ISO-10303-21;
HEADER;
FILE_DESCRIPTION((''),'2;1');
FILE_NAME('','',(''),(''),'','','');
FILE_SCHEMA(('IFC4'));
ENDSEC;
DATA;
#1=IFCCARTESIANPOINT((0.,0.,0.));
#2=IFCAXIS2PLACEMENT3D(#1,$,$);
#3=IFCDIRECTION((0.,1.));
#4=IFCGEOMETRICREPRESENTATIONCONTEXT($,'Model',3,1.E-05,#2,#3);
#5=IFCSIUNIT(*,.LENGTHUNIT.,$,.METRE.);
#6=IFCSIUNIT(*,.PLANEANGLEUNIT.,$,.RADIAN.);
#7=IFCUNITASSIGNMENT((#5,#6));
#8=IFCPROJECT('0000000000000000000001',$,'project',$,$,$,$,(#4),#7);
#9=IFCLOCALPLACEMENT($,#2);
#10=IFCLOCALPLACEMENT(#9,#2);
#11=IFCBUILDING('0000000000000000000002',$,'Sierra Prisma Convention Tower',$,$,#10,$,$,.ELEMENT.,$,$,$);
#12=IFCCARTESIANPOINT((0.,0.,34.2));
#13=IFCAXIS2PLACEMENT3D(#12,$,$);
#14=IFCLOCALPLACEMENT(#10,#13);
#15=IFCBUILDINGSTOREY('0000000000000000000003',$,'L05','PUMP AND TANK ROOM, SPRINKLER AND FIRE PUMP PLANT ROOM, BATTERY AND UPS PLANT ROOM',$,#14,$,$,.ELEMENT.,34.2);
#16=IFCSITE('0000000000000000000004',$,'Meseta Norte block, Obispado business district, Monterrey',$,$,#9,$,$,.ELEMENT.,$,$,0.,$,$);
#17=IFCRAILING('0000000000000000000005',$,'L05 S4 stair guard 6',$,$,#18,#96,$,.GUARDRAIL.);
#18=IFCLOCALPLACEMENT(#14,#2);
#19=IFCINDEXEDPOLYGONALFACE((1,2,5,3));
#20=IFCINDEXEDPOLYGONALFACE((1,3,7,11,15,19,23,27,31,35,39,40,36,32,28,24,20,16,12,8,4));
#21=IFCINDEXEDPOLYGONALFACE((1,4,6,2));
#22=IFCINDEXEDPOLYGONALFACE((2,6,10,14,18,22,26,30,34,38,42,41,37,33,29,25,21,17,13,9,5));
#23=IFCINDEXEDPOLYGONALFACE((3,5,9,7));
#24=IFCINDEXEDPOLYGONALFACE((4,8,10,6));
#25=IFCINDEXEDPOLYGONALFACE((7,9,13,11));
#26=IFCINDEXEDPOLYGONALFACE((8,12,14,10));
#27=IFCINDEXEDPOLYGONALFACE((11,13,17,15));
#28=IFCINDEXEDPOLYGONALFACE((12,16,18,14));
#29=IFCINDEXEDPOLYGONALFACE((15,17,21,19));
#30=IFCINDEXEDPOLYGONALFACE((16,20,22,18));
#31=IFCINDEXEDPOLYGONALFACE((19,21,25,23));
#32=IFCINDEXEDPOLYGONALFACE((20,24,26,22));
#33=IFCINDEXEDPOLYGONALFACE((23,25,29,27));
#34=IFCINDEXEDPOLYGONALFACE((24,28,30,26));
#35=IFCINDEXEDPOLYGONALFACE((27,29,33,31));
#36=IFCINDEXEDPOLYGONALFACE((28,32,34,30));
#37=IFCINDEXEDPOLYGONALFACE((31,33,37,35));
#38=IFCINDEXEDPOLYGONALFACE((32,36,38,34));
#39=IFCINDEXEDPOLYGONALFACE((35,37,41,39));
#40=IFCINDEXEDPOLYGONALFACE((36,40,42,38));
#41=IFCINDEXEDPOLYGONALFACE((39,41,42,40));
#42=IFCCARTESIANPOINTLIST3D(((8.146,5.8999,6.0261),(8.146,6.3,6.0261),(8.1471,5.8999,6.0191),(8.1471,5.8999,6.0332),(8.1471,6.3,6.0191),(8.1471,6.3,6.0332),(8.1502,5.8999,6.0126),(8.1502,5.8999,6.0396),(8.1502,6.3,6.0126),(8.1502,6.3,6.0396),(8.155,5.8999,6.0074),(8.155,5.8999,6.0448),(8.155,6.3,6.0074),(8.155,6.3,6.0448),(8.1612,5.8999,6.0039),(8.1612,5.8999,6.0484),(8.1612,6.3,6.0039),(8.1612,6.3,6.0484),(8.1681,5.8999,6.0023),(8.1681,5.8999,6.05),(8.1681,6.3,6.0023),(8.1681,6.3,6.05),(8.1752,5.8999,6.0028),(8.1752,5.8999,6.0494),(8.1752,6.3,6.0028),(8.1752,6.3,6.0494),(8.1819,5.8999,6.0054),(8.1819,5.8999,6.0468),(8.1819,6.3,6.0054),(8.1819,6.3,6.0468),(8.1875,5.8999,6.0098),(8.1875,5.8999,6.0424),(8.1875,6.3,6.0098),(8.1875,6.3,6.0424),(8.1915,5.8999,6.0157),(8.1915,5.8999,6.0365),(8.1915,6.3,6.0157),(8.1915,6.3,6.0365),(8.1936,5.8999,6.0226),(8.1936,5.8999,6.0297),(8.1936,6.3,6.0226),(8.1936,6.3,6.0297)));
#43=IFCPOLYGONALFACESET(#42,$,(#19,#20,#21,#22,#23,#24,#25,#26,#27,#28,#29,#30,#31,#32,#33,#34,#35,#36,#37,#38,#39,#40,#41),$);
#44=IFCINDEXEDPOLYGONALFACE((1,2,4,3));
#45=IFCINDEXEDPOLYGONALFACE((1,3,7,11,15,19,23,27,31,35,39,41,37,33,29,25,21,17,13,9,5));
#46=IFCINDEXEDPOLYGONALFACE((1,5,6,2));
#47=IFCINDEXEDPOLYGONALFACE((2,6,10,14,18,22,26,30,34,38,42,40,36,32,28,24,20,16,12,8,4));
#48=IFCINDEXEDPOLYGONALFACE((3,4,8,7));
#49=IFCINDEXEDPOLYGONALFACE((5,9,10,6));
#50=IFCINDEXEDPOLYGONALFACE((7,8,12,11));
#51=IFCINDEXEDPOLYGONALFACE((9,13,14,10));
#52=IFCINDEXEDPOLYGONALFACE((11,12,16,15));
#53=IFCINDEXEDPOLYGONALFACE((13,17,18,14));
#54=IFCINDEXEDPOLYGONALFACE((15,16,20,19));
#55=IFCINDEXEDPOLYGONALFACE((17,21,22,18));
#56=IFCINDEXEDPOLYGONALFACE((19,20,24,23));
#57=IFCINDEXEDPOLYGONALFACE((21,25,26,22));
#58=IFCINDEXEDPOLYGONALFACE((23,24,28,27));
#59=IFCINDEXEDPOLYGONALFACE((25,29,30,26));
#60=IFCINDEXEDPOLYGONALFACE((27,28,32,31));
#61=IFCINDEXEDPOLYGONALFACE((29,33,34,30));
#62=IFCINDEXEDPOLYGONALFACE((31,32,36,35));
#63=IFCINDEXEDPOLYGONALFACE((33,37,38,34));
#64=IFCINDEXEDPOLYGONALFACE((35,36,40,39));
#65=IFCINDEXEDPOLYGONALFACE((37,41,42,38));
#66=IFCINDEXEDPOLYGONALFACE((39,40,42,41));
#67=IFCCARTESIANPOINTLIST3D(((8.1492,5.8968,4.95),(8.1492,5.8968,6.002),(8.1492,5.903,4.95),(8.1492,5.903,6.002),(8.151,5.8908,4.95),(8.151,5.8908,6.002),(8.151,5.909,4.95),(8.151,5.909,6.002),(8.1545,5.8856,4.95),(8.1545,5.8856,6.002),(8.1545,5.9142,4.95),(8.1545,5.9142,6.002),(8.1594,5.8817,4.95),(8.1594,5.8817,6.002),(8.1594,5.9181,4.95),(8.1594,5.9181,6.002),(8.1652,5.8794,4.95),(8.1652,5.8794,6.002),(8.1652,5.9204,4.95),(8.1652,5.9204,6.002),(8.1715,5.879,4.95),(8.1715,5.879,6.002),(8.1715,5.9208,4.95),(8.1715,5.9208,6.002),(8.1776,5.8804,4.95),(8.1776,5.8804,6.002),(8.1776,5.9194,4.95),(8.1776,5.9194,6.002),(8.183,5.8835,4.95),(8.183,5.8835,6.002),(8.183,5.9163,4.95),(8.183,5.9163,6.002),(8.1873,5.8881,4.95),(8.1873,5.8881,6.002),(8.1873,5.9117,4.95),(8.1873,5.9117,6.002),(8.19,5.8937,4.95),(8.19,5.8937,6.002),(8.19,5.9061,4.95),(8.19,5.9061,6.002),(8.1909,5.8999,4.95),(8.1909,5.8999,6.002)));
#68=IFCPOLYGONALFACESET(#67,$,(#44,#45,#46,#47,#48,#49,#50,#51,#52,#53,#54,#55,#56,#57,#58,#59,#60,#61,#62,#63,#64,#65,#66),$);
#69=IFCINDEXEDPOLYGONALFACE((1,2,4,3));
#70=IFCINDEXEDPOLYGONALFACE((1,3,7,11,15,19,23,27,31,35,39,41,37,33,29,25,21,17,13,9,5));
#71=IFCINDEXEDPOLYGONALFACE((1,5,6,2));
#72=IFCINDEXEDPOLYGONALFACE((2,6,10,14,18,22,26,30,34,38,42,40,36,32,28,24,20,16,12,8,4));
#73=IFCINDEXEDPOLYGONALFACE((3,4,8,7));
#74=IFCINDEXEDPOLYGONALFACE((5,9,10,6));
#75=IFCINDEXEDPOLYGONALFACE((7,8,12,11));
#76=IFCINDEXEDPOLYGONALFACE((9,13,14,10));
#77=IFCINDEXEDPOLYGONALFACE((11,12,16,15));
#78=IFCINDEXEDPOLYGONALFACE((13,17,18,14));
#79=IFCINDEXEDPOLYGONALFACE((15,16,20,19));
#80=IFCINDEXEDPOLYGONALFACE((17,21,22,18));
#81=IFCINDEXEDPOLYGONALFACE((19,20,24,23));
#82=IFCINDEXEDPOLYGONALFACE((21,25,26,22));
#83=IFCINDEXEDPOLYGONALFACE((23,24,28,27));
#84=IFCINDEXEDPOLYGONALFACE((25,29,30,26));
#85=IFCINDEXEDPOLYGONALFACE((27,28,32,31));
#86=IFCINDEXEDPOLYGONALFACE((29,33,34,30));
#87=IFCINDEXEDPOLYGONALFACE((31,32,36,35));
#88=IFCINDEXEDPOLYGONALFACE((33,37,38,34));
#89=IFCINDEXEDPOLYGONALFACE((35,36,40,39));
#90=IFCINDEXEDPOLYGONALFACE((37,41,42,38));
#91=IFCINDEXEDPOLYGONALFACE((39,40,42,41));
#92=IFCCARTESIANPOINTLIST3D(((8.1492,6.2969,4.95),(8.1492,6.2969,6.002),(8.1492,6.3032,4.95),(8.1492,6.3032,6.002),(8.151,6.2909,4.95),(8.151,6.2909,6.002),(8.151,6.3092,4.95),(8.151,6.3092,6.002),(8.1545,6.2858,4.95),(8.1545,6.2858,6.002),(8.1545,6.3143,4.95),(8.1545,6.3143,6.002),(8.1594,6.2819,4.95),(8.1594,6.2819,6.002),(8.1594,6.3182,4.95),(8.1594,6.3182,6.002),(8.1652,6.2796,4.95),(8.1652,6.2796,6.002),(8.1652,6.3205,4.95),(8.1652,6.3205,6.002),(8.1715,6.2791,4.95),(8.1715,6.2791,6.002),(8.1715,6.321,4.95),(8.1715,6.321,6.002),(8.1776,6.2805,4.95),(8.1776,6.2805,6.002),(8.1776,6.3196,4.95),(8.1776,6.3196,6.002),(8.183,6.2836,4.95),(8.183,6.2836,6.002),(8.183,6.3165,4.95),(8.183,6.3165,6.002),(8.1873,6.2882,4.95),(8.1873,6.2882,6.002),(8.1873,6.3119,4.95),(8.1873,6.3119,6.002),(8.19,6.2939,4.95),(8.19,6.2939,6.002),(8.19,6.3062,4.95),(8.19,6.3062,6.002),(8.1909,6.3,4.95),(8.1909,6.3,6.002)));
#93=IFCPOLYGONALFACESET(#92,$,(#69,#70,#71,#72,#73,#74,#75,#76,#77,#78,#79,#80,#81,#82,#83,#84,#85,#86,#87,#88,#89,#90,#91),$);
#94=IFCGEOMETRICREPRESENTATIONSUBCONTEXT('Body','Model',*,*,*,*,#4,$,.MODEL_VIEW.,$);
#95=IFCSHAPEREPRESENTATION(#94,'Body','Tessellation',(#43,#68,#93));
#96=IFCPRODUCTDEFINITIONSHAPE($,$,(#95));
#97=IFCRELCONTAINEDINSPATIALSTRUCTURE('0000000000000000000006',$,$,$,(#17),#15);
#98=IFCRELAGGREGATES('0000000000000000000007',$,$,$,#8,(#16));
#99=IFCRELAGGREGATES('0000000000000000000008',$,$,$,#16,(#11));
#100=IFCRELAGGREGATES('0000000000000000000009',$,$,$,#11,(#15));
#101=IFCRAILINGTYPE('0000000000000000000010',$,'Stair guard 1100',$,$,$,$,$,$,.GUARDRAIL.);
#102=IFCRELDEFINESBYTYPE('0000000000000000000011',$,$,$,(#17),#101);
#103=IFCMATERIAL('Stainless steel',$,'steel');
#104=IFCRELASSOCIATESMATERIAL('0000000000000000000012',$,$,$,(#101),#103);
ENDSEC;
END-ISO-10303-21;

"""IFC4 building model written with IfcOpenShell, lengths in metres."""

from ifc_helpers import new_model, si_unit, direction, frame, origin, origin_2d, place, context, subcontext, project, spatial, circle, extrude, material, type_object, element, save


model = new_model("IFC4")

# Units and contexts
model_context = context("Model", 3, precision=1e-05, world=origin(), true_north=direction((0.0, 1.0)))
body_context = subcontext(model_context, "Body", "Model", "MODEL_VIEW")
ifc_project = project(units=[si_unit("LENGTHUNIT", "METRE"), si_unit("PLANEANGLEUNIT", "RADIAN")], contexts=[model_context])

# Site, building, storey
site_placement = place(None, origin())
site = spatial("IfcSite", under=ifc_project, at=site_placement, Name="Meseta Norte block, Obispado business district, Monterrey", CompositionType="ELEMENT", RefElevation=0.0)
building_placement = place(site_placement, origin())
building = spatial("IfcBuilding", under=site, at=building_placement, Name="Sierra Prisma Convention Tower", CompositionType="ELEMENT")
storey_placement = place(building_placement, frame((0.0, 0.0, 34.2)))
storey = spatial("IfcBuildingStorey", under=building, at=storey_placement, Name="L05", Description="PUMP AND TANK ROOM, SPRINKLER AND FIRE PUMP PLANT ROOM, BATTERY AND UPS PLANT ROOM", CompositionType="ELEMENT", Elevation=34.2)

# Railing
ifc_material_1 = material(Name="Stainless steel", Category="steel")
railing_type_1 = type_object("IfcRailingType", Name="Stair guard 1100", PredefinedType="GUARDRAIL", material=ifc_material_1)
railing_1_placement = place(storey_placement, frame((8.1699, 5.8999, 4.95)))
element("IfcRailing", 1, at=railing_1_placement, inside=storey, type_object=railing_type_1, Name="L05 S4 stair guard 6", PredefinedType="GUARDRAIL", context=body_context, shape_type="SweptSolid", body=[
    extrude(circle(Radius=0.0239, at=origin_2d()), frame((0.0, 0.0, 1.0762), z_axis=(0.0, 1.0, 0.0), x_axis=(-1.0, 0.0, 0.0)), (0.0, 0.0, 1.0), 0.4001),
    extrude(circle(Radius=0.021, at=origin_2d()), origin(), (0.0, 0.0, 1.0), 1.052),
    extrude(circle(Radius=0.021, at=origin_2d()), frame((0.0, 0.4001, 0.0)), (0.0, 0.0, 1.0), 1.052),
])

save(model, "model.ifc")
